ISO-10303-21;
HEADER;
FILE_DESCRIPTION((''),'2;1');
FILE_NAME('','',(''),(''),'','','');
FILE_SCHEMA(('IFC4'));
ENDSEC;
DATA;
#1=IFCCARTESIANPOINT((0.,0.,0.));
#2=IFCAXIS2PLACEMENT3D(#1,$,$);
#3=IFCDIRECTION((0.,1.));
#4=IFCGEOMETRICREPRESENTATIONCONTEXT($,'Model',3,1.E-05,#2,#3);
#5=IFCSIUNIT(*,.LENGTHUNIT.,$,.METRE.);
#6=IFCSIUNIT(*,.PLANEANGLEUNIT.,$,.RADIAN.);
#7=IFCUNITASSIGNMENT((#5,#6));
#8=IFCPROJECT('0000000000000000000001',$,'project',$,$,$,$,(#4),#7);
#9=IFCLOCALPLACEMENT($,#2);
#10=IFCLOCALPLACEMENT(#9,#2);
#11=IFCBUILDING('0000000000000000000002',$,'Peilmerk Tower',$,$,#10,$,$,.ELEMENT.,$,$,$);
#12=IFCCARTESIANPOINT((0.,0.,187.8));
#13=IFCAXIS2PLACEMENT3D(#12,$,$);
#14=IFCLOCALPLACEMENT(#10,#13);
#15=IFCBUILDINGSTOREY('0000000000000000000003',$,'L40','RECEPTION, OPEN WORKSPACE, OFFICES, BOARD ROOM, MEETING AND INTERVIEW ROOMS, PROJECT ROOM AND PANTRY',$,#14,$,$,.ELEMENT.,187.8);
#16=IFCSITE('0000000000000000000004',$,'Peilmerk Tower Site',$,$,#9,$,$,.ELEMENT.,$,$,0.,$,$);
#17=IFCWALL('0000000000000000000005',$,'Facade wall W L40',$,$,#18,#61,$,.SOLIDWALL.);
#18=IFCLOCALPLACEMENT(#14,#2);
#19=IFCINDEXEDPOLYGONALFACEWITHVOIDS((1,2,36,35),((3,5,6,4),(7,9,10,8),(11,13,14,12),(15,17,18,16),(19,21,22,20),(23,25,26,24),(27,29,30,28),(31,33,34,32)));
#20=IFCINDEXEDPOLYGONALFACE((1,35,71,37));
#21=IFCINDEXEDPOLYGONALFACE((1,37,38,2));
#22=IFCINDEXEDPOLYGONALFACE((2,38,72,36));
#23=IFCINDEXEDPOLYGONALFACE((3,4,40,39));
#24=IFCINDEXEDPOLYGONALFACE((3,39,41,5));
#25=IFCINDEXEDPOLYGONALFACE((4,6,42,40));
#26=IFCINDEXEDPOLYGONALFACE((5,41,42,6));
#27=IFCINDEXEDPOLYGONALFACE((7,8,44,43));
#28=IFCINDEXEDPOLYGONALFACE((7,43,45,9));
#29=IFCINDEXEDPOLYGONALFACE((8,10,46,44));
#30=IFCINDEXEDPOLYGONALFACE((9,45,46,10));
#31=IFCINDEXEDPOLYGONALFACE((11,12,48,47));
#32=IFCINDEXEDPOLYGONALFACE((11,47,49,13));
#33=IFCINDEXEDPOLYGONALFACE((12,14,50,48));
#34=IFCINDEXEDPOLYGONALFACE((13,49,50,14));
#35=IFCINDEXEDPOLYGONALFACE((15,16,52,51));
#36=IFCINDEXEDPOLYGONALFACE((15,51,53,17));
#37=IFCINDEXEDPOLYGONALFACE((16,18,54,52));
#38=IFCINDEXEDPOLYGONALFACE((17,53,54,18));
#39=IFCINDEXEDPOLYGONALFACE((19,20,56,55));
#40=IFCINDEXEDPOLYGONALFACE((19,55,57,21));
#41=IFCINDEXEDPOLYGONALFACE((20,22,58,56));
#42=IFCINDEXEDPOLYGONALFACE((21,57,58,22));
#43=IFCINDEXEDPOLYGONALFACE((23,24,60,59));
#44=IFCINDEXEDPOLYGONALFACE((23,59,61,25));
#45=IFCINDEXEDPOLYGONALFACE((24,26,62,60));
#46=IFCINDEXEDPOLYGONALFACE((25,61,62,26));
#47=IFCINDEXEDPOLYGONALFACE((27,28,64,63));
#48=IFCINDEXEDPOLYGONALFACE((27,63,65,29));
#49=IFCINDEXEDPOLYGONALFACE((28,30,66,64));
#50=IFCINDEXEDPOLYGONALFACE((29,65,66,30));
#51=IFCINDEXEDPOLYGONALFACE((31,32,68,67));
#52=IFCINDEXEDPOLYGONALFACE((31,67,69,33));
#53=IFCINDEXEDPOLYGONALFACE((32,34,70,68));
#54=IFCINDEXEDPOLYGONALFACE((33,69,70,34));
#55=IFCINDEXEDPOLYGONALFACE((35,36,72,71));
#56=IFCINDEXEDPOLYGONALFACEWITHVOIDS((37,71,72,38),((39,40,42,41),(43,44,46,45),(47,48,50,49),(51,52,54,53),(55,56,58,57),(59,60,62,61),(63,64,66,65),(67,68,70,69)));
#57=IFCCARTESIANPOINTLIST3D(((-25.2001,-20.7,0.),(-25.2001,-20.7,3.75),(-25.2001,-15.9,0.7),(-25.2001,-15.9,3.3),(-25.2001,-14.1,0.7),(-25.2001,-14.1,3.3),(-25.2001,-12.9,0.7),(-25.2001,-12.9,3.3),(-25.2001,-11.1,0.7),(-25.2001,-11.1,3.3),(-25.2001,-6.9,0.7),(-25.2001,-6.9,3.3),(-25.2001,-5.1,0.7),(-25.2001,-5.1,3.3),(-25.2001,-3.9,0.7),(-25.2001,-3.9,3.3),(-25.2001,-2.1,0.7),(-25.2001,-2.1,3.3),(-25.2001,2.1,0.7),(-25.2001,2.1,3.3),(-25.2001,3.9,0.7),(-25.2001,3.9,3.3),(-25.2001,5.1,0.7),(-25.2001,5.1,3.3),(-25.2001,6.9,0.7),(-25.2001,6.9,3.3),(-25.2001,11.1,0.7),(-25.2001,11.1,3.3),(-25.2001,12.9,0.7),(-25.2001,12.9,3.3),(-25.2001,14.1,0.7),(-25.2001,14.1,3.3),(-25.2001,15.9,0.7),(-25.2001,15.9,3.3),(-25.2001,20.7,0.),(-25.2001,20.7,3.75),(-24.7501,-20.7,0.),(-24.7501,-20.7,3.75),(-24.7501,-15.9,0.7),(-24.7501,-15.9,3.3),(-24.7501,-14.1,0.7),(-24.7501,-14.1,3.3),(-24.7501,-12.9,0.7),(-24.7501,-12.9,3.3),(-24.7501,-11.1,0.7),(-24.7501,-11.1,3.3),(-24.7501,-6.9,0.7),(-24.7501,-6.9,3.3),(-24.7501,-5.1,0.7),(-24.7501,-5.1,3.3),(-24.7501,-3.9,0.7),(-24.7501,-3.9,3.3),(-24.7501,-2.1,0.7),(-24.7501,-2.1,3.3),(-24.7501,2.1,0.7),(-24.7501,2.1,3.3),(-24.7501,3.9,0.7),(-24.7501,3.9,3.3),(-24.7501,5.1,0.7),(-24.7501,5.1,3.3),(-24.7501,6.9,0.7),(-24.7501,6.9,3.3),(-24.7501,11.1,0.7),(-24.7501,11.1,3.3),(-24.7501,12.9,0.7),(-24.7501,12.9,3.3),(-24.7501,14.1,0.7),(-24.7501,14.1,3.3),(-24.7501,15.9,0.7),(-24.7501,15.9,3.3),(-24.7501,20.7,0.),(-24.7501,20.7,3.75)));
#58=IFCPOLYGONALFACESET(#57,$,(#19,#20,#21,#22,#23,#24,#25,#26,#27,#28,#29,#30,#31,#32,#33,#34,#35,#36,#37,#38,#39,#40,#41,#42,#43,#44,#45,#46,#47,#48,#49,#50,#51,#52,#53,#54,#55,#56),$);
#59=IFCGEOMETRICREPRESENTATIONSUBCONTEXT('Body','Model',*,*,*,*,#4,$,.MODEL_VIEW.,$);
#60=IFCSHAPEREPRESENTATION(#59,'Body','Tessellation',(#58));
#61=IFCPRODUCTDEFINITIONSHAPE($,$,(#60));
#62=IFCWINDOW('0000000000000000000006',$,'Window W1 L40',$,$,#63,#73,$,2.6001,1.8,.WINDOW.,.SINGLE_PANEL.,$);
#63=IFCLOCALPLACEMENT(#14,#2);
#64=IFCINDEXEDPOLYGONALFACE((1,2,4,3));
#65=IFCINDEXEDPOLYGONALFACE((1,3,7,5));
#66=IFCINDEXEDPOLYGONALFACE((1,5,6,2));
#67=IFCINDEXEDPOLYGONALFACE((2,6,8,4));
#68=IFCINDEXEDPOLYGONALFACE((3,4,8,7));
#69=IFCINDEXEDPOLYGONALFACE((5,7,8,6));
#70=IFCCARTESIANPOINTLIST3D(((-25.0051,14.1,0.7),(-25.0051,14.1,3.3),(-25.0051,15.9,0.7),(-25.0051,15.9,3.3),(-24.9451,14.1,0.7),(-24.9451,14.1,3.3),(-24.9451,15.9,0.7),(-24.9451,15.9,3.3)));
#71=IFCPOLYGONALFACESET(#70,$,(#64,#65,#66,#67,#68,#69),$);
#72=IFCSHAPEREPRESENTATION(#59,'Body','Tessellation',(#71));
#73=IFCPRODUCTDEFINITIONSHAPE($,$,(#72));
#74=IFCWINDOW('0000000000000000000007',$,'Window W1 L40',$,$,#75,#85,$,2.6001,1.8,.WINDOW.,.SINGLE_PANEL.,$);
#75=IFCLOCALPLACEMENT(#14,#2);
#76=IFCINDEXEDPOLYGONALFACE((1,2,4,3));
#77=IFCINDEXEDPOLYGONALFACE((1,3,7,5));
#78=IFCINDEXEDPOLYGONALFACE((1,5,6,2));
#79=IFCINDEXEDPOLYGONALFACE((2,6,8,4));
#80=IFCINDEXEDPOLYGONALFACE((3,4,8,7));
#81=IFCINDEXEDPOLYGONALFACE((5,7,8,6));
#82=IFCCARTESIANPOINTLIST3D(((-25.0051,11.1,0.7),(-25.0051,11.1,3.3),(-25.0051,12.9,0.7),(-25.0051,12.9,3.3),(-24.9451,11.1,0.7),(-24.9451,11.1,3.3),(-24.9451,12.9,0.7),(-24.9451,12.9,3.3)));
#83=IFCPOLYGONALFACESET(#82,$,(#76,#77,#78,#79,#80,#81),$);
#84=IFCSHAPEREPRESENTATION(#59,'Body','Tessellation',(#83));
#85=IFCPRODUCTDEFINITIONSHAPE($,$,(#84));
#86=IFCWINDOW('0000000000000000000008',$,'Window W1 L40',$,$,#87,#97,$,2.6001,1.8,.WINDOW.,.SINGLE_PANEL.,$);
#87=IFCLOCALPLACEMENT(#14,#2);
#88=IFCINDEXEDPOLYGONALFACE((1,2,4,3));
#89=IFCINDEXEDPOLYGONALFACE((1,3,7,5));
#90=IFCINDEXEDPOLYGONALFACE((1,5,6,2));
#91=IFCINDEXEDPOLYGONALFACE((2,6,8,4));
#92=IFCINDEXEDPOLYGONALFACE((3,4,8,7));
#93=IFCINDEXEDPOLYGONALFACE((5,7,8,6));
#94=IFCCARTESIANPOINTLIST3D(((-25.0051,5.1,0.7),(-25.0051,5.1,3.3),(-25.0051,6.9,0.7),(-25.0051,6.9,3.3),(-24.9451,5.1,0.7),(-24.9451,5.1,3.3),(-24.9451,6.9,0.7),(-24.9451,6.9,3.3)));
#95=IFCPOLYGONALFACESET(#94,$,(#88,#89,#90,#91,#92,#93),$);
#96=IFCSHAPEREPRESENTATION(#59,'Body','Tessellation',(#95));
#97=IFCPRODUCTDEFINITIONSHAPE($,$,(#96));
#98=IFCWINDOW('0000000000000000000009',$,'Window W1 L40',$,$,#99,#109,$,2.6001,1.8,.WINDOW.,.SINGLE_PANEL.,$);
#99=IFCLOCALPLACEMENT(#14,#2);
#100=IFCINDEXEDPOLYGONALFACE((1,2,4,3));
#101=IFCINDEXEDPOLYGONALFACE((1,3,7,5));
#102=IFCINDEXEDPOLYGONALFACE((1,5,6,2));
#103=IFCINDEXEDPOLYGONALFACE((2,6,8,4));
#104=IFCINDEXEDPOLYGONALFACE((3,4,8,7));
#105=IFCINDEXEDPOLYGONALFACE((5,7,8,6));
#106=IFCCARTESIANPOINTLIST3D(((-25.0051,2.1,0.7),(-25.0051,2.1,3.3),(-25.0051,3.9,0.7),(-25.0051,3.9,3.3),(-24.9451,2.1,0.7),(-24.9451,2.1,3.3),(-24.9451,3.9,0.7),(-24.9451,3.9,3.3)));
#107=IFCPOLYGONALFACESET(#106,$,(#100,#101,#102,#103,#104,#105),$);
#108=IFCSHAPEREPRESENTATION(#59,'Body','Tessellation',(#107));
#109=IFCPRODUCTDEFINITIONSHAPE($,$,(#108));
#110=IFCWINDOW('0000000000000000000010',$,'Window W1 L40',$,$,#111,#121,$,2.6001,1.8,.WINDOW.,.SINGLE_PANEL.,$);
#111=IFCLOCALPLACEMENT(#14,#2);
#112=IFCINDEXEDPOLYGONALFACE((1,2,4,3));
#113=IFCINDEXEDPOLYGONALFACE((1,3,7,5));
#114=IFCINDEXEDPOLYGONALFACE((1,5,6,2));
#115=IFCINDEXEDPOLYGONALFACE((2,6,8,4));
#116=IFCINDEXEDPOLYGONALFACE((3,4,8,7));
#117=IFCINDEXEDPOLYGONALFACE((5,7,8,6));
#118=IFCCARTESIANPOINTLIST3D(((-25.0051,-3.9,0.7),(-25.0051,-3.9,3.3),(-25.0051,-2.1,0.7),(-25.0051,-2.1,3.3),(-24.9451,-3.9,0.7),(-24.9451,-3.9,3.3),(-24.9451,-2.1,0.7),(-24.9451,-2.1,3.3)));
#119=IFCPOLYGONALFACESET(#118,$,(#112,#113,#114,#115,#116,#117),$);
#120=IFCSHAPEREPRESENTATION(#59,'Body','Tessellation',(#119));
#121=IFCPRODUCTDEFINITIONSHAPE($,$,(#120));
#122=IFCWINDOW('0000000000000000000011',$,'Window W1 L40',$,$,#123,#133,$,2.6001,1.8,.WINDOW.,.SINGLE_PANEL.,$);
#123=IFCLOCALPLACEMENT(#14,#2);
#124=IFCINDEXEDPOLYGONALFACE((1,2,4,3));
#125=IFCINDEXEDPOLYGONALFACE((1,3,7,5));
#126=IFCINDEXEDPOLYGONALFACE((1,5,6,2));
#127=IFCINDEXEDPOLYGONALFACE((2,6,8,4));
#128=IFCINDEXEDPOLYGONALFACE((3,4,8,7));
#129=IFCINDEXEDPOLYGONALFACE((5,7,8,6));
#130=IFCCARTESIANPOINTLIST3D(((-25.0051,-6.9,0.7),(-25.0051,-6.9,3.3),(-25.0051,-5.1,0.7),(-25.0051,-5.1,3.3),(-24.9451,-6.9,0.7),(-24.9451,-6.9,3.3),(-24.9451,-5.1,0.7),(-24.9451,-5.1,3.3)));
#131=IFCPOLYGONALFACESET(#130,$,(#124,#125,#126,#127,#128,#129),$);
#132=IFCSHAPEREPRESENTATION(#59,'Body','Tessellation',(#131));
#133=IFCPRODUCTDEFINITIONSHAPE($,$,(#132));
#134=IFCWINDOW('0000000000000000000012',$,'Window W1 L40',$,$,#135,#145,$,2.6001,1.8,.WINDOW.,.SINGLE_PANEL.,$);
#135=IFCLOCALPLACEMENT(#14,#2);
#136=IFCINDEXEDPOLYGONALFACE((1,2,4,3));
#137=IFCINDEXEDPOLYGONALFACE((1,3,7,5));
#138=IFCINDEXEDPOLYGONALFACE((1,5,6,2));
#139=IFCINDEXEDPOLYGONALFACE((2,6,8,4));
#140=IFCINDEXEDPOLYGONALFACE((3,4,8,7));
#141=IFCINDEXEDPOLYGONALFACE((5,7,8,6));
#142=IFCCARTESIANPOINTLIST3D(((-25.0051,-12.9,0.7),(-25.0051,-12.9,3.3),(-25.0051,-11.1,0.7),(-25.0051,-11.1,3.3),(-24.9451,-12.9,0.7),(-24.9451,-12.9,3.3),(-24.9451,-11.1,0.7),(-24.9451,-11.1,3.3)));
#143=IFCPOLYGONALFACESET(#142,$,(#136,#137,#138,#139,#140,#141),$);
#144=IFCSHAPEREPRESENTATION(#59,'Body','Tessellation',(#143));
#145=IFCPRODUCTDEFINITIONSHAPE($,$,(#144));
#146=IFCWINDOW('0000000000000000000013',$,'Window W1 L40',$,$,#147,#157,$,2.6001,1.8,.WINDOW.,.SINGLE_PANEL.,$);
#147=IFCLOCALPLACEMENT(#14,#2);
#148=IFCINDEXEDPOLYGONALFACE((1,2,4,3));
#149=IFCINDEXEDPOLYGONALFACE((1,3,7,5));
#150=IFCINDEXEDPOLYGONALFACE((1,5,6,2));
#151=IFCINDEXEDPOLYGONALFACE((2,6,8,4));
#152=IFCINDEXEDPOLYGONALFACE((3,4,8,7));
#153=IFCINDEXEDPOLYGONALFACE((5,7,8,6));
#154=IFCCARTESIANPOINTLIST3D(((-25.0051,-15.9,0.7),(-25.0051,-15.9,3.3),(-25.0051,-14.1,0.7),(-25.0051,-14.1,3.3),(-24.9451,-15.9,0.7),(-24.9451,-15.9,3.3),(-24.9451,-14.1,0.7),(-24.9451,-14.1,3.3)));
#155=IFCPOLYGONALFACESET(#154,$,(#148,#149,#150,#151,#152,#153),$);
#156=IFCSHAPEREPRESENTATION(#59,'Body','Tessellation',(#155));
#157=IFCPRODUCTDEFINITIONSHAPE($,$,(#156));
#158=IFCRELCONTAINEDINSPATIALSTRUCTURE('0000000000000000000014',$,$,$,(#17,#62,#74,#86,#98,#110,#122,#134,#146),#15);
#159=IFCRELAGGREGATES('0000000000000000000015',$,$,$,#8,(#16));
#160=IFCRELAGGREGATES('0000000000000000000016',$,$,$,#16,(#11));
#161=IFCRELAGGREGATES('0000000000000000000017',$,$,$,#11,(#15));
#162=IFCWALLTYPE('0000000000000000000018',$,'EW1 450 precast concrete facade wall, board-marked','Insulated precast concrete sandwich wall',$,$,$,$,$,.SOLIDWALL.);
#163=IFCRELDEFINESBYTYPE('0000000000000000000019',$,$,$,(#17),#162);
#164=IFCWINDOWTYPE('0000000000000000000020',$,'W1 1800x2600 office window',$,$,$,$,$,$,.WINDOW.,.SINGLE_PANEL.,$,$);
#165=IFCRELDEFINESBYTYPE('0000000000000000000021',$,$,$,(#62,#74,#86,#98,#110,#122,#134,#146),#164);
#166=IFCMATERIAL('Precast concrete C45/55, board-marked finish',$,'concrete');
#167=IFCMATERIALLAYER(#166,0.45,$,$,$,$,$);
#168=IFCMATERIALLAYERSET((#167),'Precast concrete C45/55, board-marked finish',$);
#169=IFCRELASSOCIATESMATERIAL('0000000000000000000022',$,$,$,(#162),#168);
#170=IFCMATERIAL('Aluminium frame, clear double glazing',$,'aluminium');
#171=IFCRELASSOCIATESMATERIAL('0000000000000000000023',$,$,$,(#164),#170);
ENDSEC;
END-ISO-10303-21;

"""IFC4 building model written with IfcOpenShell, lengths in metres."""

from ifc_helpers import new_model, si_unit, direction, frame, frame_2d, origin, place, context, subcontext, project, spatial, rectangle, extrude, material, layer, layer_set, type_object, element, fill, save


model = new_model("IFC4")

# Units and contexts
model_context = context("Model", 3, precision=1e-05, world=origin(), true_north=direction((0.0, 1.0)))
body_context = subcontext(model_context, "Body", "Model", "MODEL_VIEW")
ifc_project = project(units=[si_unit("LENGTHUNIT", "METRE"), si_unit("PLANEANGLEUNIT", "RADIAN")], contexts=[model_context])

# Site, building, storey
site_placement = place(None, origin())
site = spatial("IfcSite", under=ifc_project, at=site_placement, Name="Peilmerk Tower Site", CompositionType="ELEMENT", RefElevation=0.0)
building_placement = place(site_placement, origin())
building = spatial("IfcBuilding", under=site, at=building_placement, Name="Peilmerk Tower", CompositionType="ELEMENT")
storey_placement = place(building_placement, frame((0.0, 0.0, 187.8)))
storey = spatial("IfcBuildingStorey", under=building, at=storey_placement, Name="L40", Description="RECEPTION, OPEN WORKSPACE, OFFICES, BOARD ROOM, MEETING AND INTERVIEW ROOMS, PROJECT ROOM AND PANTRY", CompositionType="ELEMENT", Elevation=187.8)

# Wall, openings, windows
ifc_material_1 = material(Name="Precast concrete C45/55, board-marked finish", Category="concrete")
ifc_layer_1 = layer(ifc_material_1, 0.45)
ifc_layer_set_1 = layer_set([ifc_layer_1], Name="Precast concrete C45/55, board-marked finish")
wall_type = type_object("IfcWallType", Name="EW1 450 precast concrete facade wall, board-marked", Description="Insulated precast concrete sandwich wall", PredefinedType="SOLIDWALL", material=ifc_layer_set_1)
wall_1_placement = place(storey_placement, frame((-24.9751, 20.7, 0.0), z_axis=(0.0, 0.0, 1.0), x_axis=(0.0, -1.0, 0.0)))
wall_1 = element("IfcWall", 1, at=wall_1_placement, inside=storey, type_object=wall_type, Name="Facade wall W L40", PredefinedType="SOLIDWALL", context=body_context, shape_type="SweptSolid", body=[
    extrude(rectangle(XDim=41.3999, YDim=0.45, at=frame_2d((20.7, 0.0))), origin(), (0.0, 0.0, 1.0), 3.75),
])
opening_1_placement = place(wall_1_placement, frame((4.8, 0.0, 0.7)))
opening_1 = element("IfcOpeningElement", 2, at=opening_1_placement, cuts=wall_1, PredefinedType="OPENING", context=body_context, shape_type="SweptSolid", body=[
    extrude(rectangle(XDim=1.8, YDim=2.6001, at=frame_2d((0.8999, 1.3))), frame((0.0, 0.2349, 0.0), z_axis=(0.0, -1.0, 0.0), x_axis=(1.0, 0.0, 0.0)), (0.0, 0.0, 1.0), 0.47),
])
opening_2_placement = place(wall_1_placement, frame((7.8, 0.0, 0.7)))
opening_2 = element("IfcOpeningElement", 3, at=opening_2_placement, cuts=wall_1, PredefinedType="OPENING", context=body_context, shape_type="SweptSolid", body=[
    extrude(rectangle(XDim=1.8, YDim=2.6001, at=frame_2d((0.8999, 1.3))), frame((0.0, 0.2349, 0.0), z_axis=(0.0, -1.0, 0.0), x_axis=(1.0, 0.0, 0.0)), (0.0, 0.0, 1.0), 0.47),
])
opening_3_placement = place(wall_1_placement, frame((13.8, 0.0, 0.7)))
opening_3 = element("IfcOpeningElement", 4, at=opening_3_placement, cuts=wall_1, PredefinedType="OPENING", context=body_context, shape_type="SweptSolid", body=[
    extrude(rectangle(XDim=1.8, YDim=2.6001, at=frame_2d((0.8999, 1.3))), frame((0.0, 0.2349, 0.0), z_axis=(0.0, -1.0, 0.0), x_axis=(1.0, 0.0, 0.0)), (0.0, 0.0, 1.0), 0.47),
])
opening_4_placement = place(wall_1_placement, frame((16.8, 0.0, 0.7)))
opening_4 = element("IfcOpeningElement", 5, at=opening_4_placement, cuts=wall_1, PredefinedType="OPENING", context=body_context, shape_type="SweptSolid", body=[
    extrude(rectangle(XDim=1.8, YDim=2.6001, at=frame_2d((0.8999, 1.3))), frame((0.0, 0.2349, 0.0), z_axis=(0.0, -1.0, 0.0), x_axis=(1.0, 0.0, 0.0)), (0.0, 0.0, 1.0), 0.47),
])
opening_5_placement = place(wall_1_placement, frame((22.8, 0.0, 0.7)))
opening_5 = element("IfcOpeningElement", 6, at=opening_5_placement, cuts=wall_1, PredefinedType="OPENING", context=body_context, shape_type="SweptSolid", body=[
    extrude(rectangle(XDim=1.8, YDim=2.6001, at=frame_2d((0.8999, 1.3))), frame((0.0, 0.2349, 0.0), z_axis=(0.0, -1.0, 0.0), x_axis=(1.0, 0.0, 0.0)), (0.0, 0.0, 1.0), 0.47),
])
opening_6_placement = place(wall_1_placement, frame((25.8, 0.0, 0.7)))
opening_6 = element("IfcOpeningElement", 7, at=opening_6_placement, cuts=wall_1, PredefinedType="OPENING", context=body_context, shape_type="SweptSolid", body=[
    extrude(rectangle(XDim=1.8, YDim=2.6001, at=frame_2d((0.8999, 1.3))), frame((0.0, 0.2349, 0.0), z_axis=(0.0, -1.0, 0.0), x_axis=(1.0, 0.0, 0.0)), (0.0, 0.0, 1.0), 0.47),
])
opening_7_placement = place(wall_1_placement, frame((31.8, 0.0, 0.7)))
opening_7 = element("IfcOpeningElement", 8, at=opening_7_placement, cuts=wall_1, PredefinedType="OPENING", context=body_context, shape_type="SweptSolid", body=[
    extrude(rectangle(XDim=1.8, YDim=2.6001, at=frame_2d((0.8999, 1.3))), frame((0.0, 0.2349, 0.0), z_axis=(0.0, -1.0, 0.0), x_axis=(1.0, 0.0, 0.0)), (0.0, 0.0, 1.0), 0.47),
])
opening_8_placement = place(wall_1_placement, frame((34.8, 0.0, 0.7)))
opening_8 = element("IfcOpeningElement", 9, at=opening_8_placement, cuts=wall_1, PredefinedType="OPENING", context=body_context, shape_type="SweptSolid", body=[
    extrude(rectangle(XDim=1.8, YDim=2.6001, at=frame_2d((0.8999, 1.3))), frame((0.0, 0.2349, 0.0), z_axis=(0.0, -1.0, 0.0), x_axis=(1.0, 0.0, 0.0)), (0.0, 0.0, 1.0), 0.47),
])
ifc_material_2 = material(Name="Aluminium frame, clear double glazing", Category="aluminium")
window_type = type_object("IfcWindowType", Name="W1 1800x2600 office window", PartitioningType="SINGLE_PANEL", PredefinedType="WINDOW", material=ifc_material_2)
window_1_placement = place(opening_1_placement, origin())
window_1 = element("IfcWindow", 10, at=window_1_placement, inside=storey, type_object=window_type, Name="Window W1 L40", OverallHeight=2.6001, OverallWidth=1.8, PartitioningType="SINGLE_PANEL", PredefinedType="WINDOW", context=body_context, shape_type="SweptSolid", body=[
    extrude(rectangle(XDim=1.8, YDim=2.6001, at=frame_2d((0.8999, 1.3))), frame((0.0, 0.03, 0.0), z_axis=(0.0, -1.0, 0.0), x_axis=(1.0, 0.0, 0.0)), (0.0, 0.0, 1.0), 0.0601),
])
fill(opening_1, window_1)
window_2_placement = place(opening_2_placement, origin())
window_2 = element("IfcWindow", 11, at=window_2_placement, inside=storey, type_object=window_type, Name="Window W1 L40", OverallHeight=2.6001, OverallWidth=1.8, PartitioningType="SINGLE_PANEL", PredefinedType="WINDOW", context=body_context, shape_type="SweptSolid", body=[
    extrude(rectangle(XDim=1.8, YDim=2.6001, at=frame_2d((0.8999, 1.3))), frame((0.0, 0.03, 0.0), z_axis=(0.0, -1.0, 0.0), x_axis=(1.0, 0.0, 0.0)), (0.0, 0.0, 1.0), 0.0601),
])
fill(opening_2, window_2)
window_3_placement = place(opening_3_placement, origin())
window_3 = element("IfcWindow", 12, at=window_3_placement, inside=storey, type_object=window_type, Name="Window W1 L40", OverallHeight=2.6001, OverallWidth=1.8, PartitioningType="SINGLE_PANEL", PredefinedType="WINDOW", context=body_context, shape_type="SweptSolid", body=[
    extrude(rectangle(XDim=1.8, YDim=2.6001, at=frame_2d((0.8999, 1.3))), frame((0.0, 0.03, 0.0), z_axis=(0.0, -1.0, 0.0), x_axis=(1.0, 0.0, 0.0)), (0.0, 0.0, 1.0), 0.0601),
])
fill(opening_3, window_3)
window_4_placement = place(opening_4_placement, origin())
window_4 = element("IfcWindow", 13, at=window_4_placement, inside=storey, type_object=window_type, Name="Window W1 L40", OverallHeight=2.6001, OverallWidth=1.8, PartitioningType="SINGLE_PANEL", PredefinedType="WINDOW", context=body_context, shape_type="SweptSolid", body=[
    extrude(rectangle(XDim=1.8, YDim=2.6001, at=frame_2d((0.8999, 1.3))), frame((0.0, 0.03, 0.0), z_axis=(0.0, -1.0, 0.0), x_axis=(1.0, 0.0, 0.0)), (0.0, 0.0, 1.0), 0.0601),
])
fill(opening_4, window_4)
window_5_placement = place(opening_5_placement, origin())
window_5 = element("IfcWindow", 14, at=window_5_placement, inside=storey, type_object=window_type, Name="Window W1 L40", OverallHeight=2.6001, OverallWidth=1.8, PartitioningType="SINGLE_PANEL", PredefinedType="WINDOW", context=body_context, shape_type="SweptSolid", body=[
    extrude(rectangle(XDim=1.8, YDim=2.6001, at=frame_2d((0.8999, 1.3))), frame((0.0, 0.03, 0.0), z_axis=(0.0, -1.0, 0.0), x_axis=(1.0, 0.0, 0.0)), (0.0, 0.0, 1.0), 0.0601),
])
fill(opening_5, window_5)
window_6_placement = place(opening_6_placement, origin())
window_6 = element("IfcWindow", 15, at=window_6_placement, inside=storey, type_object=window_type, Name="Window W1 L40", OverallHeight=2.6001, OverallWidth=1.8, PartitioningType="SINGLE_PANEL", PredefinedType="WINDOW", context=body_context, shape_type="SweptSolid", body=[
    extrude(rectangle(XDim=1.8, YDim=2.6001, at=frame_2d((0.8999, 1.3))), frame((0.0, 0.03, 0.0), z_axis=(0.0, -1.0, 0.0), x_axis=(1.0, 0.0, 0.0)), (0.0, 0.0, 1.0), 0.0601),
])
fill(opening_6, window_6)
window_7_placement = place(opening_7_placement, origin())
window_7 = element("IfcWindow", 16, at=window_7_placement, inside=storey, type_object=window_type, Name="Window W1 L40", OverallHeight=2.6001, OverallWidth=1.8, PartitioningType="SINGLE_PANEL", PredefinedType="WINDOW", context=body_context, shape_type="SweptSolid", body=[
    extrude(rectangle(XDim=1.8, YDim=2.6001, at=frame_2d((0.8999, 1.3))), frame((0.0, 0.03, 0.0), z_axis=(0.0, -1.0, 0.0), x_axis=(1.0, 0.0, 0.0)), (0.0, 0.0, 1.0), 0.0601),
])
fill(opening_7, window_7)
window_8_placement = place(opening_8_placement, origin())
window_8 = element("IfcWindow", 17, at=window_8_placement, inside=storey, type_object=window_type, Name="Window W1 L40", OverallHeight=2.6001, OverallWidth=1.8, PartitioningType="SINGLE_PANEL", PredefinedType="WINDOW", context=body_context, shape_type="SweptSolid", body=[
    extrude(rectangle(XDim=1.8, YDim=2.6001, at=frame_2d((0.8999, 1.3))), frame((0.0, 0.03, 0.0), z_axis=(0.0, -1.0, 0.0), x_axis=(1.0, 0.0, 0.0)), (0.0, 0.0, 1.0), 0.0601),
])
fill(opening_8, window_8)

save(model, "model.ifc")
